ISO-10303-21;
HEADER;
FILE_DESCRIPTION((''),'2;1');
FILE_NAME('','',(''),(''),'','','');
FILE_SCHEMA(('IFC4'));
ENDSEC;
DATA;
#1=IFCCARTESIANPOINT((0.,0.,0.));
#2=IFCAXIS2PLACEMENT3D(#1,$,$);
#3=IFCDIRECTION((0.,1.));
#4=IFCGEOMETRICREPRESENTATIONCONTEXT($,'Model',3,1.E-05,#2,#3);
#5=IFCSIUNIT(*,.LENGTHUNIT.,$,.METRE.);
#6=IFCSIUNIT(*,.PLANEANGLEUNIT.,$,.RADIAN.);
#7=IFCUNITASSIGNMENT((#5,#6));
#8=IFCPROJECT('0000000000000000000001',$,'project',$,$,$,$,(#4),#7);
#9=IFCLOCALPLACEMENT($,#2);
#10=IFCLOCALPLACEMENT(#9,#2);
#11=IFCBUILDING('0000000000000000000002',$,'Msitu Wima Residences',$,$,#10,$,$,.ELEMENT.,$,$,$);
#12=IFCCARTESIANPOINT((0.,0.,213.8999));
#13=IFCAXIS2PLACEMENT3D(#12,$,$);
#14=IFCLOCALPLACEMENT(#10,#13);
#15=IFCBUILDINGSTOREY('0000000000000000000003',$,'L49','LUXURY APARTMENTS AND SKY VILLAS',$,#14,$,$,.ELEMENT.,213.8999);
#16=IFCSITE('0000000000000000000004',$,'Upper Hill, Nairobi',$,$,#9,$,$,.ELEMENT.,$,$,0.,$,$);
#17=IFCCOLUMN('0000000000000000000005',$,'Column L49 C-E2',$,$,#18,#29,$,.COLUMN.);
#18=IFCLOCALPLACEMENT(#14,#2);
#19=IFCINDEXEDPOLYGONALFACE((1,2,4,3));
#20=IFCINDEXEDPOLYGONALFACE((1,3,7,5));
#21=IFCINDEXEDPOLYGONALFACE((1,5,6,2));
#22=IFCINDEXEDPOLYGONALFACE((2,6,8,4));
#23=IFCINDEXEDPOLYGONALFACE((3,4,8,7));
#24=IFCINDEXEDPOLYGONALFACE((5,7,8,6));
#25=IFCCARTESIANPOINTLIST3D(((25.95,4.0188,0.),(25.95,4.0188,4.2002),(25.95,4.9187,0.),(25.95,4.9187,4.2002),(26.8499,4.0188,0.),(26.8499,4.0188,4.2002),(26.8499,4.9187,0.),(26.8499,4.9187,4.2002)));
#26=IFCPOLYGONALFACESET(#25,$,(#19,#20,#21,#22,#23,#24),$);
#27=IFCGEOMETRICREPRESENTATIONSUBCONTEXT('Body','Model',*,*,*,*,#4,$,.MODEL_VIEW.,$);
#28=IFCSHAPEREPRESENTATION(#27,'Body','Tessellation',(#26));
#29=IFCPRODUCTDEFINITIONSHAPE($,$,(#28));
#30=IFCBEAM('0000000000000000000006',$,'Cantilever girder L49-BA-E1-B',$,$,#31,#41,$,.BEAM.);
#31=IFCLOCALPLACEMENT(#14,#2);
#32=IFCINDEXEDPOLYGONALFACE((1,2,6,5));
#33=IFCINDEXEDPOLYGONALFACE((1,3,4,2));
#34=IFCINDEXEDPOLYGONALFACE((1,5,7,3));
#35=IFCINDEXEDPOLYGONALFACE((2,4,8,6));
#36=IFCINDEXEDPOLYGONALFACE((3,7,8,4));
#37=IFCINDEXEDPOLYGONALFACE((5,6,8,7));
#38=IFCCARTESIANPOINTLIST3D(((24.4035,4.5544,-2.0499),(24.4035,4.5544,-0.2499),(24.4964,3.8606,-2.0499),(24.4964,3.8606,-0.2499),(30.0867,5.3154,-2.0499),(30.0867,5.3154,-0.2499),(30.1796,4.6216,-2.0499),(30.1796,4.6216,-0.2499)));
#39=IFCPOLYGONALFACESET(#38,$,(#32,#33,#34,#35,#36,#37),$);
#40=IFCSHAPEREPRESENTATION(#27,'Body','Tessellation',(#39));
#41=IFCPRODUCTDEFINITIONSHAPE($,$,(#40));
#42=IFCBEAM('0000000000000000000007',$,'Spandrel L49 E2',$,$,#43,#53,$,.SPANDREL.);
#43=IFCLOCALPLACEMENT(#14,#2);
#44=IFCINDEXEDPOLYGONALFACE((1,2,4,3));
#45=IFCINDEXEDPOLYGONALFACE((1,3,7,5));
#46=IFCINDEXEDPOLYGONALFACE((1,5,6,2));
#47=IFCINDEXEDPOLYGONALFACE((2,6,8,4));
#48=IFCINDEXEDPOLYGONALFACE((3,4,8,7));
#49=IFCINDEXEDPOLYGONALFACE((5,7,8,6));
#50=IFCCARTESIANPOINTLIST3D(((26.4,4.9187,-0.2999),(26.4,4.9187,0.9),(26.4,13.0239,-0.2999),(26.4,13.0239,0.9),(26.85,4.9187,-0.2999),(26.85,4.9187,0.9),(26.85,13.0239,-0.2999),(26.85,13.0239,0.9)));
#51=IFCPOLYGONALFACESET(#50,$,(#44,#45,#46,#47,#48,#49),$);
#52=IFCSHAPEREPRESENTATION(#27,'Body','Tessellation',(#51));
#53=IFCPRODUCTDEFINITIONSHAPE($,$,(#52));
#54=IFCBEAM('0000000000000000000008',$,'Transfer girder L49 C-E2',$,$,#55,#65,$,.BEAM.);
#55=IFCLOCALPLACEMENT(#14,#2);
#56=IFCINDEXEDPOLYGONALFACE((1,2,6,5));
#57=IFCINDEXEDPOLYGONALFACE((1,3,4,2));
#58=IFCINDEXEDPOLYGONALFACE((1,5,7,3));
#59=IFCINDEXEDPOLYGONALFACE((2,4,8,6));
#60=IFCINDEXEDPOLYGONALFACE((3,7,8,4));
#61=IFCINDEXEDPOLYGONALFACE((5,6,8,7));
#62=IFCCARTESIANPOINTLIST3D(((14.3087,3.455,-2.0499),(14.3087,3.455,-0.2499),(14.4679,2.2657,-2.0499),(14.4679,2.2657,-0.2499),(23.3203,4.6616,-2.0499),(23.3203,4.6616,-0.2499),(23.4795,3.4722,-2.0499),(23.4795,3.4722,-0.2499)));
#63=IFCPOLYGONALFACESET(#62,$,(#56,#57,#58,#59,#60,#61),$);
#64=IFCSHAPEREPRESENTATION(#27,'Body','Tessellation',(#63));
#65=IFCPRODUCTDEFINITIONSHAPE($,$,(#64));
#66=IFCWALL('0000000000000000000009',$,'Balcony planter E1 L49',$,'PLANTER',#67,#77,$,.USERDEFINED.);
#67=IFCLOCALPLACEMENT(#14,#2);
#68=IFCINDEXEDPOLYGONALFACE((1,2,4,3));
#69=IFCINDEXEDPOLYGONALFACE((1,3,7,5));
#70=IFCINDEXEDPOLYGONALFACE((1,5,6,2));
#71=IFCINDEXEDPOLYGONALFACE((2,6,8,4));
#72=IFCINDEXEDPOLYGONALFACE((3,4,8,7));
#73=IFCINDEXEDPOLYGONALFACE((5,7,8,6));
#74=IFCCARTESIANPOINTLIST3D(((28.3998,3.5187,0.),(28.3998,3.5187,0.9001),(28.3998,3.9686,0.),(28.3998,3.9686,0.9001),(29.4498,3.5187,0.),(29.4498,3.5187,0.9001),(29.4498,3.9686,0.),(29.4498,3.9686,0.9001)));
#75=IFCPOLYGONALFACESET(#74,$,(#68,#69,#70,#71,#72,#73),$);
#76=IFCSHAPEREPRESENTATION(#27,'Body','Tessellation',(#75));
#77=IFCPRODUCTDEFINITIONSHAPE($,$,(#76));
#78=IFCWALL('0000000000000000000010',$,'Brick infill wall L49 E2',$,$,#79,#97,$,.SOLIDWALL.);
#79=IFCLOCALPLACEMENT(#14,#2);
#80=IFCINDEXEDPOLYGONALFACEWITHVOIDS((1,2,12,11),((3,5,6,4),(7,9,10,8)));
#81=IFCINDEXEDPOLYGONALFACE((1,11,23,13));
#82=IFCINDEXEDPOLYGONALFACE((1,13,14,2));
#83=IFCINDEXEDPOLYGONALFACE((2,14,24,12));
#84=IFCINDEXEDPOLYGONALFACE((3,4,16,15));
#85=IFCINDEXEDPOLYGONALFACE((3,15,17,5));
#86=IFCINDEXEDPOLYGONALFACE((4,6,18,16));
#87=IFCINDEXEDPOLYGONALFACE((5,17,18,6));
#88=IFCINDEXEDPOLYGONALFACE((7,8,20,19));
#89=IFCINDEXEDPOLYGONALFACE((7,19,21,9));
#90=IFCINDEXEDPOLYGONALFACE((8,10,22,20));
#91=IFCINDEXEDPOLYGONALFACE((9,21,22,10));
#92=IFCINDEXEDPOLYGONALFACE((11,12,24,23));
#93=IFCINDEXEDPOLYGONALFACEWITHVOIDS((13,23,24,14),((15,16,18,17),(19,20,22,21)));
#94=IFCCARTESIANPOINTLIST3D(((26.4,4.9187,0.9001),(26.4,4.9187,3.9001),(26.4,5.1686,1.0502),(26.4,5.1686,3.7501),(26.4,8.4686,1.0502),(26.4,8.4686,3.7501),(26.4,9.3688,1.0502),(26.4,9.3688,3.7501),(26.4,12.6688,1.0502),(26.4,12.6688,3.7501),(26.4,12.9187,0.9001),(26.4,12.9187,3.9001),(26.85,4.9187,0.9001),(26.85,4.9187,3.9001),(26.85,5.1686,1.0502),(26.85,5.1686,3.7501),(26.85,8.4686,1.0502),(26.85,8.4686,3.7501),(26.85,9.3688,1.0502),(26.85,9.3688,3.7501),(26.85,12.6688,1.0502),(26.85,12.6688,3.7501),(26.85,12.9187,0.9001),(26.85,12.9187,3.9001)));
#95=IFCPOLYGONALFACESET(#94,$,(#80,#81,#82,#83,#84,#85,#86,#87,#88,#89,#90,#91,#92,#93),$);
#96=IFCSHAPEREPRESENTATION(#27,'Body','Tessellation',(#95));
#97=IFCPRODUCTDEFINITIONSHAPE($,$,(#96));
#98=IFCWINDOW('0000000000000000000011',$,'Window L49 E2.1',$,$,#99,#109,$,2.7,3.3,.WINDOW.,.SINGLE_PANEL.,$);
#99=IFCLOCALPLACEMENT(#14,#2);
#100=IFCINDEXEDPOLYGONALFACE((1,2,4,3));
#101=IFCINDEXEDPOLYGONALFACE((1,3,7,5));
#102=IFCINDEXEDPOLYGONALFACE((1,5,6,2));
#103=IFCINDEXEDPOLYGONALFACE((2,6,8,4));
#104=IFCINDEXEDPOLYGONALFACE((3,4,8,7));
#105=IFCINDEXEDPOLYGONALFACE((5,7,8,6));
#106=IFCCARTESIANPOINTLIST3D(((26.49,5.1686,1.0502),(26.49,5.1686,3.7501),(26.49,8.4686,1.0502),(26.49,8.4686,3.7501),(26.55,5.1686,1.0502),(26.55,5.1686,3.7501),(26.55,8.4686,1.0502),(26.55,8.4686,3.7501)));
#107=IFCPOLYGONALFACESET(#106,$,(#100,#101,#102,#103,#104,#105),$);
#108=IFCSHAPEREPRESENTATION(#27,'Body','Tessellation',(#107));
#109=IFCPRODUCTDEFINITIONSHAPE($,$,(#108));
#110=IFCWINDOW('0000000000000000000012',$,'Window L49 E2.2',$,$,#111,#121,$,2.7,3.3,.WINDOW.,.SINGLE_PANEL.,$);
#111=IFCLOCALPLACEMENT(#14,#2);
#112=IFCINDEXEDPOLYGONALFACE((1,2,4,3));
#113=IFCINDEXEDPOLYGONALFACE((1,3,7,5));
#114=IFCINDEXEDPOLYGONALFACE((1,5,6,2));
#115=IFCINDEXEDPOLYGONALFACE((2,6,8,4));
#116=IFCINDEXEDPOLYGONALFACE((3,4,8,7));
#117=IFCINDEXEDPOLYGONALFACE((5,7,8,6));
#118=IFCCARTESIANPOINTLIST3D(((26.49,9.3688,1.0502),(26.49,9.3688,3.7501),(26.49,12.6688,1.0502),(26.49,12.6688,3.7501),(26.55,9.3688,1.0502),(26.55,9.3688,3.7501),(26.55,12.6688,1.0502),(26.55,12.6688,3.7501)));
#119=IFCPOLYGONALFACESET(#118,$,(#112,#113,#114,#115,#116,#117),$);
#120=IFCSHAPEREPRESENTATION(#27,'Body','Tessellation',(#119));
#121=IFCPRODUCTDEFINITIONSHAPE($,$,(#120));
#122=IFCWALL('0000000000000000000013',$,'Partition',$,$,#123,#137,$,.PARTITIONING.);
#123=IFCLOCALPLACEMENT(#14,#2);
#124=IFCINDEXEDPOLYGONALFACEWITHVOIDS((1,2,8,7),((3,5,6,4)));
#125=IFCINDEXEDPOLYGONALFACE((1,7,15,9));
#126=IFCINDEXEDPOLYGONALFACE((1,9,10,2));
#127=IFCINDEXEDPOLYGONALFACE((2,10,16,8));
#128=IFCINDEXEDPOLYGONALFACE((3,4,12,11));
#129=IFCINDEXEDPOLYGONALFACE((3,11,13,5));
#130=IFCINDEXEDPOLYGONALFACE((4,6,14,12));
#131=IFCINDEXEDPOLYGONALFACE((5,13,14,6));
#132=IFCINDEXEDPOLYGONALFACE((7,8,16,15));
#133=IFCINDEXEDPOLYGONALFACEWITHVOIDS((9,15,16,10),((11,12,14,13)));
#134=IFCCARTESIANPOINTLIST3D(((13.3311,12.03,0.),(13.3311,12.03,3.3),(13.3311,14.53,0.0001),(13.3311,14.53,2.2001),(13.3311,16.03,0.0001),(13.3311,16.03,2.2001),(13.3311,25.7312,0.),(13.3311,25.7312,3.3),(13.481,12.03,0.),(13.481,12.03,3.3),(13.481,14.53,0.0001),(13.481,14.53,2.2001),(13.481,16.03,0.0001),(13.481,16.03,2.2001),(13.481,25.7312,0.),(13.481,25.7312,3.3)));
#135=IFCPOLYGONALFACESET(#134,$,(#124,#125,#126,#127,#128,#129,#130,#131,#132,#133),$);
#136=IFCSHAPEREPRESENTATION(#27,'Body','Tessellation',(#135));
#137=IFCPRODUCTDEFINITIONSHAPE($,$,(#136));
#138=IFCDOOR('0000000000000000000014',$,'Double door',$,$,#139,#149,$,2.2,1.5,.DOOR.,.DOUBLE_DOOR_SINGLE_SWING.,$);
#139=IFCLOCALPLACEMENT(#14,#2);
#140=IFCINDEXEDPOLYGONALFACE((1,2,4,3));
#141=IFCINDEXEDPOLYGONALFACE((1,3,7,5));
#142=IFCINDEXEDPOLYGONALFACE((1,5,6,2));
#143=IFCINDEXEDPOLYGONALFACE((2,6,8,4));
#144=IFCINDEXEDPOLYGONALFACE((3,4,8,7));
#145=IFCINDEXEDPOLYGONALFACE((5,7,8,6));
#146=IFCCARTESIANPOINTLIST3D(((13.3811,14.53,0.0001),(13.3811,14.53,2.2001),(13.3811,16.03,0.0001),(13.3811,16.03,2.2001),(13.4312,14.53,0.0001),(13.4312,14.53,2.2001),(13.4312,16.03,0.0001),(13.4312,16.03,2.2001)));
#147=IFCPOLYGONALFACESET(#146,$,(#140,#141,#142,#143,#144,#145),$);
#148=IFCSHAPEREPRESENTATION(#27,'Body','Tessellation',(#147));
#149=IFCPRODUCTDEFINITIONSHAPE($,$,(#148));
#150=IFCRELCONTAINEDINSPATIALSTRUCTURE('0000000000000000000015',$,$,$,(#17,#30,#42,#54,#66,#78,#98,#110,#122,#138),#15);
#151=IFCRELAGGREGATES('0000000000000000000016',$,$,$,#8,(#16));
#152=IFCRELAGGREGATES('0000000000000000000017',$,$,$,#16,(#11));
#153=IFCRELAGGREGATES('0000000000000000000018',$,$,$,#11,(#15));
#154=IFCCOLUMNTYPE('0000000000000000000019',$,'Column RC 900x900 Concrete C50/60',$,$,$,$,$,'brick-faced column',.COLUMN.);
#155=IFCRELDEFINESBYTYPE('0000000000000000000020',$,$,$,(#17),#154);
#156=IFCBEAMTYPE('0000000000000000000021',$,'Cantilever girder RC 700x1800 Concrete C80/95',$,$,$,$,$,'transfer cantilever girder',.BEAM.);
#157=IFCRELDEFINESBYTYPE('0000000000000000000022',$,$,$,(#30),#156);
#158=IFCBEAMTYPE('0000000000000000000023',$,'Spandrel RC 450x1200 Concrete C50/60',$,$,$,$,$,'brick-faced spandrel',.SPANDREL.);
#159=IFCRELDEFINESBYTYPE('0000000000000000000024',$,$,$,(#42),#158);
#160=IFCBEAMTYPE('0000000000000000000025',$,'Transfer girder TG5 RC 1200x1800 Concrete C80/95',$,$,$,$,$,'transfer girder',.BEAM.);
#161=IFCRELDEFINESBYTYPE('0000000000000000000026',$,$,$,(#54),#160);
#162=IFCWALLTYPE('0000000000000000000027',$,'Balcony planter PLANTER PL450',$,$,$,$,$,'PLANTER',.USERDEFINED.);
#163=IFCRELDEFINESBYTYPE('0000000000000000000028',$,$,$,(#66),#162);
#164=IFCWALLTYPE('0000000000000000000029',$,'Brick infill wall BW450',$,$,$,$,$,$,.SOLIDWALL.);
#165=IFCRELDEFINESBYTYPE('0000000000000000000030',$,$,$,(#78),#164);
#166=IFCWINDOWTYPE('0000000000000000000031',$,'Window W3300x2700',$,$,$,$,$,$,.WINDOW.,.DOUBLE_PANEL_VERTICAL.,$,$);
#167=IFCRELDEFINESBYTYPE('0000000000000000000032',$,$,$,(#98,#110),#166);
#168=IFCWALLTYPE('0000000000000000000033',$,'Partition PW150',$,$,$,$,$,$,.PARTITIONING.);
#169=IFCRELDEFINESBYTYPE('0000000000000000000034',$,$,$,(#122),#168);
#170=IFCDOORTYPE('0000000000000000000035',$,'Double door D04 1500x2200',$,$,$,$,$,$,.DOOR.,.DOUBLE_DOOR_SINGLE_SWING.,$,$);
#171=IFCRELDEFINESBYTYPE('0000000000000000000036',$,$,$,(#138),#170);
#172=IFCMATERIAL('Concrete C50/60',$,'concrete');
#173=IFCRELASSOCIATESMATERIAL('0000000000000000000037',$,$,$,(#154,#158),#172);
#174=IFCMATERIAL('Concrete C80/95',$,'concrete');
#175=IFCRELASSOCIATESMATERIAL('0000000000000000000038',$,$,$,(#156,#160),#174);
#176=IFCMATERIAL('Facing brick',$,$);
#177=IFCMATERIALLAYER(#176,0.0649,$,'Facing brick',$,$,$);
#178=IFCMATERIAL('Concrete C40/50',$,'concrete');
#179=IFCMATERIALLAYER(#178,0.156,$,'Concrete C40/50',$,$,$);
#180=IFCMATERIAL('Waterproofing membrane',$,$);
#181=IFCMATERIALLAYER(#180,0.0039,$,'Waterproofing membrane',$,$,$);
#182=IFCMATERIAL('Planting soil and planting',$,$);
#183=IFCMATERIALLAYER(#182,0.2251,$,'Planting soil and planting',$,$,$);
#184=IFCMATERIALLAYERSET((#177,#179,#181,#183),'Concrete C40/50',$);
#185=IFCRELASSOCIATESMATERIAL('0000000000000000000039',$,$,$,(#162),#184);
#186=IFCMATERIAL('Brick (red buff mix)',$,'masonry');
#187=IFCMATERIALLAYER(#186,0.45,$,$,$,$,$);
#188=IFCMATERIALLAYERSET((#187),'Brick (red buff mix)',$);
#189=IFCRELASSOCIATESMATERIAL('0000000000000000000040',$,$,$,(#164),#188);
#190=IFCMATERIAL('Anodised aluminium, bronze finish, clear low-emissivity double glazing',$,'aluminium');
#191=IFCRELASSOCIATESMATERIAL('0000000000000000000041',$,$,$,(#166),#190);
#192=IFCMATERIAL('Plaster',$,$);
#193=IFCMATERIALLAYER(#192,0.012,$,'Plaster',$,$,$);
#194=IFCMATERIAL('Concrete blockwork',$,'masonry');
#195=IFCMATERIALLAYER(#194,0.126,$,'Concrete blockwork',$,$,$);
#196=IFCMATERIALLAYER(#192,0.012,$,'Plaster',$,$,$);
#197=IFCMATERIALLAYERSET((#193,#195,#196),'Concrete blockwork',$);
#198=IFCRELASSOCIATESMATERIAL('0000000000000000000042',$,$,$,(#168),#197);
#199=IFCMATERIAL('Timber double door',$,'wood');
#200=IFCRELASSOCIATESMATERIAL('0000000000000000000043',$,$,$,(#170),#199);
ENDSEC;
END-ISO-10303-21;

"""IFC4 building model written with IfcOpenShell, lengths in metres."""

from ifc_helpers import new_model, si_unit, direction, frame, frame_2d, origin, origin_2d, place, context, subcontext, project, spatial, rectangle, extrude, material, layer, layer_set, material_profile, profile_set, type_object, element, fill, save


model = new_model("IFC4")

# Units and contexts
model_context = context("Model", 3, precision=1e-05, world=origin(), true_north=direction((0.0, 1.0)))
body_context = subcontext(model_context, "Body", "Model", "MODEL_VIEW")
ifc_project = project(units=[si_unit("LENGTHUNIT", "METRE"), si_unit("PLANEANGLEUNIT", "RADIAN")], contexts=[model_context])

# Site, building, storey
site_placement = place(None, origin())
site = spatial("IfcSite", under=ifc_project, at=site_placement, Name="Upper Hill, Nairobi", CompositionType="ELEMENT", RefElevation=0.0)
building_placement = place(site_placement, origin())
building = spatial("IfcBuilding", under=site, at=building_placement, Name="Msitu Wima Residences", CompositionType="ELEMENT")
storey_placement = place(building_placement, frame((0.0, 0.0, 213.8999)))
storey = spatial("IfcBuildingStorey", under=building, at=storey_placement, Name="L49", Description="LUXURY APARTMENTS AND SKY VILLAS", CompositionType="ELEMENT", Elevation=213.8999)

# Column
ifc_material_1 = material(Name="Concrete C50/60", Category="concrete")
ifc_material_profile_1 = material_profile(ifc_material_1, rectangle(XDim=0.8999, YDim=0.8999, at=origin_2d()), Name="RC 900x900")
ifc_profile_set_1 = profile_set([ifc_material_profile_1], Name="Concrete C50/60")
column_type = type_object("IfcColumnType", Name="Column RC 900x900 Concrete C50/60", ElementType="brick-faced column", PredefinedType="COLUMN", material=ifc_profile_set_1)
column_placement = place(storey_placement, frame((26.3999, 4.4688, 0.0), z_axis=(0.0, 0.0, 1.0), x_axis=(0.0, 1.0, 0.0)))
element("IfcColumn", 1, at=column_placement, inside=storey, type_object=column_type, Name="Column L49 C-E2", PredefinedType="COLUMN", context=body_context, shape_type="SweptSolid", body=[
    extrude(rectangle(XDim=0.8999, YDim=0.8999, at=origin_2d()), origin(), (0.0, 0.0, 1.0), 4.2002),
])

# Beams
ifc_material_2 = material(Name="Concrete C80/95", Category="concrete")
ifc_material_profile_2 = material_profile(ifc_material_2, rectangle(XDim=0.7, YDim=1.8, at=origin_2d()), Name="RC 700x1800")
ifc_profile_set_2 = profile_set([ifc_material_profile_2], Name="Concrete C80/95")
beam_type_1 = type_object("IfcBeamType", Name="Cantilever girder RC 700x1800 Concrete C80/95", ElementType="transfer cantilever girder", PredefinedType="BEAM", material=ifc_profile_set_2)
beam_1_placement = place(storey_placement, frame((24.45, 4.2075, -1.1499), z_axis=(0.991154, 0.132719, 0.0), x_axis=(-0.132719, 0.991154, 0.0)))
element("IfcBeam", 2, at=beam_1_placement, inside=storey, type_object=beam_type_1, Name="Cantilever girder L49-BA-E1-B", PredefinedType="BEAM", context=body_context, shape_type="SweptSolid", body=[
    extrude(rectangle(XDim=0.7, YDim=1.8, at=origin_2d()), origin(), (0.0, 0.0, 1.0), 5.7339),
])
ifc_material_profile_3 = material_profile(ifc_material_1, rectangle(XDim=0.45, YDim=1.2, at=origin_2d()), Name="RC 450x1200")
ifc_profile_set_3 = profile_set([ifc_material_profile_3], Name="Concrete C50/60")
beam_type_2 = type_object("IfcBeamType", Name="Spandrel RC 450x1200 Concrete C50/60", ElementType="brick-faced spandrel", PredefinedType="SPANDREL", material=ifc_profile_set_3)
beam_2_placement = place(storey_placement, frame((26.625, 4.9187, 0.3), z_axis=(0.0, 1.0, 0.0), x_axis=(-1.0, 0.0, 0.0)))
element("IfcBeam", 3, at=beam_2_placement, inside=storey, type_object=beam_type_2, Name="Spandrel L49 E2", PredefinedType="SPANDREL", context=body_context, shape_type="SweptSolid", body=[
    extrude(rectangle(XDim=0.45, YDim=1.2, at=origin_2d()), origin(), (0.0, 0.0, 1.0), 8.1052),
])
ifc_material_profile_4 = material_profile(ifc_material_2, rectangle(XDim=1.2, YDim=1.8, at=origin_2d()), Name="RC 1200x1800")
ifc_profile_set_4 = profile_set([ifc_material_profile_4], Name="Concrete C80/95")
beam_type_3 = type_object("IfcBeamType", Name="Transfer girder TG5 RC 1200x1800 Concrete C80/95", ElementType="transfer girder", PredefinedType="BEAM", material=ifc_profile_set_4)
beam_3_placement = place(storey_placement, frame((23.3999, 4.0669, -1.1499), z_axis=(-0.991156, -0.132702, 0.0), x_axis=(0.132702, -0.991156, 0.0)))
element("IfcBeam", 4, at=beam_3_placement, inside=storey, type_object=beam_type_3, Name="Transfer girder L49 C-E2", PredefinedType="BEAM", context=body_context, shape_type="SweptSolid", body=[
    extrude(rectangle(XDim=1.2, YDim=1.8, at=origin_2d()), origin(), (0.0, 0.0, 1.0), 9.092),
])

# Wall
ifc_material_3 = material(Name="Facing brick")
ifc_layer_1 = layer(ifc_material_3, 0.0649, Name="Facing brick")
ifc_material_4 = material(Name="Concrete C40/50", Category="concrete")
ifc_layer_2 = layer(ifc_material_4, 0.156, Name="Concrete C40/50")
ifc_material_5 = material(Name="Waterproofing membrane")
ifc_layer_3 = layer(ifc_material_5, 0.0039, Name="Waterproofing membrane")
ifc_material_6 = material(Name="Planting soil and planting")
ifc_layer_4 = layer(ifc_material_6, 0.2251, Name="Planting soil and planting")
ifc_layer_set_1 = layer_set([ifc_layer_1, ifc_layer_2, ifc_layer_3, ifc_layer_4], Name="Concrete C40/50")
wall_type_1 = type_object("IfcWallType", Name="Balcony planter PLANTER PL450", ElementType="PLANTER", PredefinedType="USERDEFINED", material=ifc_layer_set_1)
wall_1_placement = place(storey_placement, frame((28.3999, 3.7437, 0.0), z_axis=(0.0, 0.0, 1.0), x_axis=(1.0, 0.0, 0.0)))
element("IfcWall", 5, at=wall_1_placement, inside=storey, type_object=wall_type_1, Name="Balcony planter E1 L49", ObjectType="PLANTER", PredefinedType="USERDEFINED", context=body_context, shape_type="SweptSolid", body=[
    extrude(rectangle(XDim=1.05, YDim=0.45, at=frame_2d((0.5249, 0.0))), origin(), (0.0, 0.0, 1.0), 0.9001),
])

# Wall, openings, windows
ifc_material_7 = material(Name="Brick (red buff mix)", Category="masonry")
ifc_layer_5 = layer(ifc_material_7, 0.45)
ifc_layer_set_2 = layer_set([ifc_layer_5], Name="Brick (red buff mix)")
wall_type_2 = type_object("IfcWallType", Name="Brick infill wall BW450", PredefinedType="SOLIDWALL", material=ifc_layer_set_2)
wall_2_placement = place(storey_placement, frame((26.625, 4.9187, 0.9001), z_axis=(0.0, 0.0, 1.0), x_axis=(0.0, 1.0, 0.0)))
wall_2 = element("IfcWall", 6, at=wall_2_placement, inside=storey, type_object=wall_type_2, Name="Brick infill wall L49 E2", PredefinedType="SOLIDWALL", context=body_context, shape_type="SweptSolid", body=[
    extrude(rectangle(XDim=8.0, YDim=0.45, at=frame_2d((4.0, 0.0))), origin(), (0.0, 0.0, 1.0), 3.0),
])
opening_1_placement = place(wall_2_placement, frame((0.25, 0.0, 0.1499)))
opening_1 = element("IfcOpeningElement", 7, at=opening_1_placement, cuts=wall_2, PredefinedType="OPENING", context=body_context, shape_type="SweptSolid", body=[
    extrude(rectangle(XDim=3.3, YDim=2.7, at=frame_2d((1.6499, 1.3501))), frame((0.0, 0.2349, 0.0), z_axis=(0.0, -1.0, 0.0), x_axis=(1.0, 0.0, 0.0)), (0.0, 0.0, 1.0), 0.47),
])
opening_2_placement = place(wall_2_placement, frame((4.4502, 0.0, 0.1499)))
opening_2 = element("IfcOpeningElement", 8, at=opening_2_placement, cuts=wall_2, PredefinedType="OPENING", context=body_context, shape_type="SweptSolid", body=[
    extrude(rectangle(XDim=3.3, YDim=2.7, at=frame_2d((1.6499, 1.3501))), frame((0.0, 0.2349, 0.0), z_axis=(0.0, -1.0, 0.0), x_axis=(1.0, 0.0, 0.0)), (0.0, 0.0, 1.0), 0.47),
])
ifc_material_8 = material(Name="Anodised aluminium, bronze finish, clear low-emissivity double glazing", Category="aluminium")
window_type = type_object("IfcWindowType", Name="Window W3300x2700", PartitioningType="DOUBLE_PANEL_VERTICAL", PredefinedType="WINDOW", material=ifc_material_8)
window_1_placement = place(opening_1_placement, origin())
window_1 = element("IfcWindow", 9, at=window_1_placement, inside=storey, type_object=window_type, Name="Window L49 E2.1", OverallHeight=2.7, OverallWidth=3.3, PartitioningType="SINGLE_PANEL", PredefinedType="WINDOW", context=body_context, shape_type="SweptSolid", body=[
    extrude(rectangle(XDim=3.3, YDim=2.7, at=frame_2d((1.6499, 1.3501))), frame((0.0, 0.135, 0.0), z_axis=(0.0, -1.0, 0.0), x_axis=(1.0, 0.0, 0.0)), (0.0, 0.0, 1.0), 0.0601),
])
fill(opening_1, window_1)
window_2_placement = place(opening_2_placement, origin())
window_2 = element("IfcWindow", 10, at=window_2_placement, inside=storey, type_object=window_type, Name="Window L49 E2.2", OverallHeight=2.7, OverallWidth=3.3, PartitioningType="SINGLE_PANEL", PredefinedType="WINDOW", context=body_context, shape_type="SweptSolid", body=[
    extrude(rectangle(XDim=3.3, YDim=2.7, at=frame_2d((1.6499, 1.3501))), frame((0.0, 0.135, 0.0), z_axis=(0.0, -1.0, 0.0), x_axis=(1.0, 0.0, 0.0)), (0.0, 0.0, 1.0), 0.0601),
])
fill(opening_2, window_2)

# Wall, opening, door
ifc_material_9 = material(Name="Plaster")
ifc_layer_6 = layer(ifc_material_9, 0.012, Name="Plaster")
ifc_material_10 = material(Name="Concrete blockwork", Category="masonry")
ifc_layer_7 = layer(ifc_material_10, 0.126, Name="Concrete blockwork")
ifc_layer_8 = layer(ifc_material_9, 0.012, Name="Plaster")
ifc_layer_set_3 = layer_set([ifc_layer_6, ifc_layer_7, ifc_layer_8], Name="Concrete blockwork")
wall_type_3 = type_object("IfcWallType", Name="Partition PW150", PredefinedType="PARTITIONING", material=ifc_layer_set_3)
wall_3_placement = place(storey_placement, frame((13.406, 12.03, 0.0), z_axis=(0.0, 0.0, 1.0), x_axis=(0.0, 1.0, 0.0)))
wall_3 = element("IfcWall", 11, at=wall_3_placement, inside=storey, type_object=wall_type_3, Name="Partition", PredefinedType="PARTITIONING", context=body_context, shape_type="SweptSolid", body=[
    extrude(rectangle(XDim=13.7012, YDim=0.1499, at=frame_2d((6.8506, 0.0))), origin(), (0.0, 0.0, 1.0), 3.3),
])
opening_3_placement = place(wall_3_placement, frame((2.5, 0.0, 0.0)))
opening_3 = element("IfcOpeningElement", 12, at=opening_3_placement, cuts=wall_3, PredefinedType="OPENING", context=body_context, shape_type="SweptSolid", body=[
    extrude(rectangle(XDim=1.5, YDim=2.2, at=frame_2d((0.75, 1.1001))), frame((0.0, 0.085, 0.0), z_axis=(0.0, -1.0, 0.0), x_axis=(1.0, 0.0, 0.0)), (0.0, 0.0, 1.0), 0.1699),
])
ifc_material_11 = material(Name="Timber double door", Category="wood")
door_type_1 = type_object("IfcDoorType", Name="Double door D04 1500x2200", OperationType="DOUBLE_DOOR_SINGLE_SWING", PredefinedType="DOOR", material=ifc_material_11)
door_1_placement = place(opening_3_placement, origin())
door_1 = element("IfcDoor", 13, at=door_1_placement, inside=storey, type_object=door_type_1, Name="Double door", OperationType="DOUBLE_DOOR_SINGLE_SWING", OverallHeight=2.2, OverallWidth=1.5, PredefinedType="DOOR", context=body_context, shape_type="SweptSolid", body=[
    extrude(rectangle(XDim=1.5, YDim=2.2, at=frame_2d((0.75, 1.1001))), frame((0.0, 0.0249, 0.0), z_axis=(0.0, -1.0, 0.0), x_axis=(1.0, 0.0, 0.0)), (0.0, 0.0, 1.0), 0.05),
])
fill(opening_3, door_1)

save(model, "model.ifc")
